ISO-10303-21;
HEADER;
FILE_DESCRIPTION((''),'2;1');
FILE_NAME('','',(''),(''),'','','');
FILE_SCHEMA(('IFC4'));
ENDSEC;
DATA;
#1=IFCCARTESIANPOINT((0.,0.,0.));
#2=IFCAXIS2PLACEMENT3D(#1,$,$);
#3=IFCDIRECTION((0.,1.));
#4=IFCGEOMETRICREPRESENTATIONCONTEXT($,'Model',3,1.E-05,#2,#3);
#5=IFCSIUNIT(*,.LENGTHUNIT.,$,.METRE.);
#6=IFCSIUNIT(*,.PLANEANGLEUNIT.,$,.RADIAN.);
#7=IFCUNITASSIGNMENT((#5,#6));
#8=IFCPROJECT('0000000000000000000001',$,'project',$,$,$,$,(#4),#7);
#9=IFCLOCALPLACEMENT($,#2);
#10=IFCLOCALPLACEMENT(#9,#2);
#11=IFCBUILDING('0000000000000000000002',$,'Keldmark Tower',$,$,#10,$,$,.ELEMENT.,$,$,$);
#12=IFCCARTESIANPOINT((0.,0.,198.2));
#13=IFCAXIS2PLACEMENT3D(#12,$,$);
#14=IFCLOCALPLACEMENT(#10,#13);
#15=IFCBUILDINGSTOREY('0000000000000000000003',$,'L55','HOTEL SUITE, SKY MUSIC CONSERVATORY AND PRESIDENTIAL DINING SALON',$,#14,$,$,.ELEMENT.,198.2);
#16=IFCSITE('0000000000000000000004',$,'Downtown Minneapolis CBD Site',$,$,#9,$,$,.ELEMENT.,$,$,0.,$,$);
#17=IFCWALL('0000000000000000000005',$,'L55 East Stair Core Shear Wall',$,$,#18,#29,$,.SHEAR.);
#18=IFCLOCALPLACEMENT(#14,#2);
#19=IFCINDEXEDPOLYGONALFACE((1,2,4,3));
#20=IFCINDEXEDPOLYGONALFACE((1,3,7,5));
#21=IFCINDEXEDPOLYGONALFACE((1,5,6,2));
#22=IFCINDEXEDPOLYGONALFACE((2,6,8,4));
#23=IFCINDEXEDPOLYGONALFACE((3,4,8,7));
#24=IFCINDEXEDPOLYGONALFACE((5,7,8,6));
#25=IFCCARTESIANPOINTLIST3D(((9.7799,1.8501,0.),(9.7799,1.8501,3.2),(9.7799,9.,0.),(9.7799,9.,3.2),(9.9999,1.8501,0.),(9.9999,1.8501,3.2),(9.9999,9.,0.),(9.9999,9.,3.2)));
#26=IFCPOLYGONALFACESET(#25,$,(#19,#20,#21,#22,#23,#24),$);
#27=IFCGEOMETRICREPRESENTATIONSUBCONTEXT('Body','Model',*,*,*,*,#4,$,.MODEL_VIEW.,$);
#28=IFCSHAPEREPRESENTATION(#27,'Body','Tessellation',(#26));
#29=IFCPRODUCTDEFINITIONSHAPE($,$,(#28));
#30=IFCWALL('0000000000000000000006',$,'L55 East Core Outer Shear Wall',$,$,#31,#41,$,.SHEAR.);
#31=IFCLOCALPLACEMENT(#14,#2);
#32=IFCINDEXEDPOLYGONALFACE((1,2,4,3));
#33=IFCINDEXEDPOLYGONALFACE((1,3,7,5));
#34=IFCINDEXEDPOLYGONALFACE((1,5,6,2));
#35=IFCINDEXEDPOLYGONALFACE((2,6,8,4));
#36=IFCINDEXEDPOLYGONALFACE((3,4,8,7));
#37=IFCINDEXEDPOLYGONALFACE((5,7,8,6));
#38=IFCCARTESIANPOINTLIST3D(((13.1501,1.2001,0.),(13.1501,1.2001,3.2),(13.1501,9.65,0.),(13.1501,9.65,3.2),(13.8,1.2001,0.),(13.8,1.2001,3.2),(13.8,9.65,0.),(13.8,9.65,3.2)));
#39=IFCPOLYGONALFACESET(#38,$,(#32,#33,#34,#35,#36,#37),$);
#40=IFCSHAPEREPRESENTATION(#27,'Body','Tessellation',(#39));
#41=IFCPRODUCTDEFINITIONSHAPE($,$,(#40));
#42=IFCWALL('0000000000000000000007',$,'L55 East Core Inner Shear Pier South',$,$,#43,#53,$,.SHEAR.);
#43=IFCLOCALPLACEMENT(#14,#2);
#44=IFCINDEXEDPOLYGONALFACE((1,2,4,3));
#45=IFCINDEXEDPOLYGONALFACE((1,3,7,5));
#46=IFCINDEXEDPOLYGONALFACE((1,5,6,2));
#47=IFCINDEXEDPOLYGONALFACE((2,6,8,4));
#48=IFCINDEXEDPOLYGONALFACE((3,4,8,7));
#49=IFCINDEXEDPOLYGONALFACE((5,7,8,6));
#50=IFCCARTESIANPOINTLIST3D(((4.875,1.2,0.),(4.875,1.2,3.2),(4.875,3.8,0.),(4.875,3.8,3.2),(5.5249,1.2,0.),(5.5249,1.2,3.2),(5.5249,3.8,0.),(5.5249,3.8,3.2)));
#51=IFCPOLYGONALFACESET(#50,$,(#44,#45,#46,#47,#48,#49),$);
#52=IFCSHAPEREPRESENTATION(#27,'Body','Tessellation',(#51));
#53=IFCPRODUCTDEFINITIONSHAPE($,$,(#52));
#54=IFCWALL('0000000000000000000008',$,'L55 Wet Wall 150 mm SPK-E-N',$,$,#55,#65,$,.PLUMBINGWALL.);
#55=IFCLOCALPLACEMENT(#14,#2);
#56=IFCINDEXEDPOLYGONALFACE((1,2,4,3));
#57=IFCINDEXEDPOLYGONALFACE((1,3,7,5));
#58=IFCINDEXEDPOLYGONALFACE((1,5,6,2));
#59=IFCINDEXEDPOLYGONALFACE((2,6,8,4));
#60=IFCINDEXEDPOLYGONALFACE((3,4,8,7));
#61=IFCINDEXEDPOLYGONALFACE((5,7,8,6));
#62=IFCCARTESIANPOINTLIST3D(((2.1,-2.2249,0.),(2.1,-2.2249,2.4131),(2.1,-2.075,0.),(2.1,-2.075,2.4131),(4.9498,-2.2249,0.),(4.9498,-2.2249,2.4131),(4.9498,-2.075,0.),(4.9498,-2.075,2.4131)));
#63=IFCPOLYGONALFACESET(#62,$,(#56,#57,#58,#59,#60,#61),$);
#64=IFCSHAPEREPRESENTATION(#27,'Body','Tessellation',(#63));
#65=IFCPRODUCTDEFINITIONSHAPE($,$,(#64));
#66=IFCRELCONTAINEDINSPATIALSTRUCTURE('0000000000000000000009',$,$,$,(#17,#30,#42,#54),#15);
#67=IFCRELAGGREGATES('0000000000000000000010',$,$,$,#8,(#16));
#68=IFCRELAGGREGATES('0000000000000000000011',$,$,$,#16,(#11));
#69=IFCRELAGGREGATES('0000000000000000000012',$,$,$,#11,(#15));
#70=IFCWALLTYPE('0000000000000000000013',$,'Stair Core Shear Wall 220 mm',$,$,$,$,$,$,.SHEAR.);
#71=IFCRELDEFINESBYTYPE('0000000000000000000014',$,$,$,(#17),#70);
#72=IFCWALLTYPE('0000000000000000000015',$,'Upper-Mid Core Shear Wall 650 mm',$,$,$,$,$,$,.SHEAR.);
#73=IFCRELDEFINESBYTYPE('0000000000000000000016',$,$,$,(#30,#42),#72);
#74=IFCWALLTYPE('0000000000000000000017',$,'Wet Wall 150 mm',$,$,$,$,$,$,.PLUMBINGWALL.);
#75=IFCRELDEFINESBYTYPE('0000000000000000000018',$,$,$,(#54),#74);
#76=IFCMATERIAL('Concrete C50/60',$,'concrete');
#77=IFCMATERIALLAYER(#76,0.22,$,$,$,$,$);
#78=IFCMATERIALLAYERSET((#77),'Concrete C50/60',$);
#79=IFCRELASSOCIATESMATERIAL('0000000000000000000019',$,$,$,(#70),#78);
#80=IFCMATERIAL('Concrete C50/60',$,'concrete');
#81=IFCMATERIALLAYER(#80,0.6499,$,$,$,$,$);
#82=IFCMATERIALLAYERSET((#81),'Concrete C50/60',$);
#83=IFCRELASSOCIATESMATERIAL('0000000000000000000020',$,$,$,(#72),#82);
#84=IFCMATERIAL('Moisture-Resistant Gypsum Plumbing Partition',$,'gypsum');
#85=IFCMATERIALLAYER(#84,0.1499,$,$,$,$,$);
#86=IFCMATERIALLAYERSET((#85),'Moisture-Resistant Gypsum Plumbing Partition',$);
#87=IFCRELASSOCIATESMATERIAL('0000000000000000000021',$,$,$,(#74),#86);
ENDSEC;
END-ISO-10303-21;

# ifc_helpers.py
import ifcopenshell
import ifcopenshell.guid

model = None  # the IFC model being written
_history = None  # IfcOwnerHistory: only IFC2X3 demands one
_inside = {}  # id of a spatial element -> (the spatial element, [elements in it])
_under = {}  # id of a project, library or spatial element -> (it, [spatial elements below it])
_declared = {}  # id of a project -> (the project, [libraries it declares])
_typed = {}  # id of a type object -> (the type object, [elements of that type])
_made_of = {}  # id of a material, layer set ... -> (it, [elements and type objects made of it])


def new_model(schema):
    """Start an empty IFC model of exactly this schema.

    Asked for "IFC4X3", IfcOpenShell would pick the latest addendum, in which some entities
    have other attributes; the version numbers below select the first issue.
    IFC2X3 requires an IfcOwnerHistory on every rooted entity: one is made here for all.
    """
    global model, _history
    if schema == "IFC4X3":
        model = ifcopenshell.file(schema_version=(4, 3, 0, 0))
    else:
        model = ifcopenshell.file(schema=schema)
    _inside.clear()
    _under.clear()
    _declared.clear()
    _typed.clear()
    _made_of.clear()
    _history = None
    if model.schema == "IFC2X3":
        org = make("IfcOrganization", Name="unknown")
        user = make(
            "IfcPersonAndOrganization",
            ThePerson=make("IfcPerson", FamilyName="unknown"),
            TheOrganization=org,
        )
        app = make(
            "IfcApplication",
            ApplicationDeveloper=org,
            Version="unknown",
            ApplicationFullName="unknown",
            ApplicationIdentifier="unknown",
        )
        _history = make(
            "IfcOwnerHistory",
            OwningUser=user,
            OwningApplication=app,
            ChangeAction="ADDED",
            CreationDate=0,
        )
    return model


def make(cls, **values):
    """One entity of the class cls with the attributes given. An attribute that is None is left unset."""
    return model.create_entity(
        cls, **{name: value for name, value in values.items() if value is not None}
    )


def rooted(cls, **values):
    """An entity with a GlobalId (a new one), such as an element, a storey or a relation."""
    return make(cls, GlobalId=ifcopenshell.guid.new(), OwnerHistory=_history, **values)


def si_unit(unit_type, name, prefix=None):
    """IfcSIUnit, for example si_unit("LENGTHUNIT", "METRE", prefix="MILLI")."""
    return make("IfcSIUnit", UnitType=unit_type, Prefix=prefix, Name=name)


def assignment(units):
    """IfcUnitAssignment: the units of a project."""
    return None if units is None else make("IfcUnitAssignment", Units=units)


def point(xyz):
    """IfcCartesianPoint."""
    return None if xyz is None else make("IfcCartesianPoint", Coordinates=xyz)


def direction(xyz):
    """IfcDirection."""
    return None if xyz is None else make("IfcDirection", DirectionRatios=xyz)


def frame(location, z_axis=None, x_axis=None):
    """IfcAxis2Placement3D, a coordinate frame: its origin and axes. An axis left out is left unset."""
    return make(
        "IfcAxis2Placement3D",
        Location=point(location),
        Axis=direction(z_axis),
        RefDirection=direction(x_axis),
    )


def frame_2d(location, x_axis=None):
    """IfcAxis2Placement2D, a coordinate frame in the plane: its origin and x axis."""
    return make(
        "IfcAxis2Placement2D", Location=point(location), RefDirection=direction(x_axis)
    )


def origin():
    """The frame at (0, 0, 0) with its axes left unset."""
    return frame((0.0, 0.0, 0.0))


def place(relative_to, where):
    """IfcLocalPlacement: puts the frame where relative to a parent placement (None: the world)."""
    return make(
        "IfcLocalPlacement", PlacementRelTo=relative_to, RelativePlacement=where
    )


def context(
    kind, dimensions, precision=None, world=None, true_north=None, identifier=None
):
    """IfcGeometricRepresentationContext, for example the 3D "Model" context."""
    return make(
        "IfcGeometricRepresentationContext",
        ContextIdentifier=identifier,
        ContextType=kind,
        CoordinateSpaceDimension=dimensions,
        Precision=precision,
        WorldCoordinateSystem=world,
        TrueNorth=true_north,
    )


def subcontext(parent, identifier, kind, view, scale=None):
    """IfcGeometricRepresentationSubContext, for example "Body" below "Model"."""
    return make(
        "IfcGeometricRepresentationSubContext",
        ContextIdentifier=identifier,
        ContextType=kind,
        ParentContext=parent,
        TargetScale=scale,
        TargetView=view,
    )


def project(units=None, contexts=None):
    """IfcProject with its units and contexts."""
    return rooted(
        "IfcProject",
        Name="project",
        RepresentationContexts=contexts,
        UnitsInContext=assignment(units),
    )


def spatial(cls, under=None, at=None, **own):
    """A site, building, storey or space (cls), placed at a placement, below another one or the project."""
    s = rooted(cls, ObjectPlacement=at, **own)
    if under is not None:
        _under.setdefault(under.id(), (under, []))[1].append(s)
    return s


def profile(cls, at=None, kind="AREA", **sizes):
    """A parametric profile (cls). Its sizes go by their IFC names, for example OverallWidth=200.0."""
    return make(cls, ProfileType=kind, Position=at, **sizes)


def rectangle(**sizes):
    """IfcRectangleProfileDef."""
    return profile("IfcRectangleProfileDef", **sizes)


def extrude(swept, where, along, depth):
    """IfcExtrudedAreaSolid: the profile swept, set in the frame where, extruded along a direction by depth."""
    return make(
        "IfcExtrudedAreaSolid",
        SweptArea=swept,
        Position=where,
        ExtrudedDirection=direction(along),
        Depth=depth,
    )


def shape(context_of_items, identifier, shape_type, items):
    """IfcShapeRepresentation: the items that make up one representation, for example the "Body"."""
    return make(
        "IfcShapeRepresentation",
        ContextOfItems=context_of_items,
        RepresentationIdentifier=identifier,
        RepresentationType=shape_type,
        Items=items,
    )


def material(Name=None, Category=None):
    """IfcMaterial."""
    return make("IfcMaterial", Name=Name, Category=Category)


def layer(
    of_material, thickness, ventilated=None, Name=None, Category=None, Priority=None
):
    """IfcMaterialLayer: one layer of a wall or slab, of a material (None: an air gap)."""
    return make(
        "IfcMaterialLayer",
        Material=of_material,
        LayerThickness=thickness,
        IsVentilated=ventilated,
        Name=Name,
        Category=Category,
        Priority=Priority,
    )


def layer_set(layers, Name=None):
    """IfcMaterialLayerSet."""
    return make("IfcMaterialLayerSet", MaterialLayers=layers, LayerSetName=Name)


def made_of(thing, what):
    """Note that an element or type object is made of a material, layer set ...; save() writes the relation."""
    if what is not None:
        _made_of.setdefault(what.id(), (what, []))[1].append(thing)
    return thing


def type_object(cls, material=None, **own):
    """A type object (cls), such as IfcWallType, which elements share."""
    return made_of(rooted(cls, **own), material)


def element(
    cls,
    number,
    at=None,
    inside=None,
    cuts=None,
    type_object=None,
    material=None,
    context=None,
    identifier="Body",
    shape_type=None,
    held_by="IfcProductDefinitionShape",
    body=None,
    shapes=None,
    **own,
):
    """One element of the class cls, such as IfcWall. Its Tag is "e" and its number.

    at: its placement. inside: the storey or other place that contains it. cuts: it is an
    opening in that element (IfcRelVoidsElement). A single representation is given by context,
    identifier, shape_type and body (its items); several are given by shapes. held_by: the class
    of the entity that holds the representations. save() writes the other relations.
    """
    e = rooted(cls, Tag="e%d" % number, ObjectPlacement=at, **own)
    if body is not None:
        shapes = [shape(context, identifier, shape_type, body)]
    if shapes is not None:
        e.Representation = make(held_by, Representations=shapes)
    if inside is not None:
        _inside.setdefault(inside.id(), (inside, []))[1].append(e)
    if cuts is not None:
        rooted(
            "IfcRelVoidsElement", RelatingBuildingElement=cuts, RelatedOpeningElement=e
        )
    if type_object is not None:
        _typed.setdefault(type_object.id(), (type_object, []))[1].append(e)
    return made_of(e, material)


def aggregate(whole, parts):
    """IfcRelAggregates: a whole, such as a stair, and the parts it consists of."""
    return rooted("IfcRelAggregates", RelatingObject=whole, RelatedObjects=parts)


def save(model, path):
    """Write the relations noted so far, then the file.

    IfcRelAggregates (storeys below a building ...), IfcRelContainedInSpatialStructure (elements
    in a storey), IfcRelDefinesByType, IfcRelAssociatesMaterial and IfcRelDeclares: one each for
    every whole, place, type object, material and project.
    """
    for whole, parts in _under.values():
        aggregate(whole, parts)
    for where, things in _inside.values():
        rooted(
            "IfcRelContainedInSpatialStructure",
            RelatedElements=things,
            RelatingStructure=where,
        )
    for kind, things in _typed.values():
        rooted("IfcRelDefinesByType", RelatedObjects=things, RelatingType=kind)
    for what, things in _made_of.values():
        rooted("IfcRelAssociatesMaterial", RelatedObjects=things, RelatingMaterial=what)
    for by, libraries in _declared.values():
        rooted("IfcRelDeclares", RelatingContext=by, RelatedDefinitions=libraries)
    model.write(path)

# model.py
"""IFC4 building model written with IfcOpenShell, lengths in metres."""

from ifc_helpers import new_model, si_unit, direction, frame, frame_2d, origin, place, context, subcontext, project, spatial, rectangle, extrude, material, layer, layer_set, type_object, element, save


model = new_model("IFC4")

# Units and contexts
model_context = context("Model", 3, precision=1e-05, world=origin(), true_north=direction((0.0, 1.0)))
body_context = subcontext(model_context, "Body", "Model", "MODEL_VIEW")
ifc_project = project(units=[si_unit("LENGTHUNIT", "METRE"), si_unit("PLANEANGLEUNIT", "RADIAN")], contexts=[model_context])

# Site, building, storey
site_placement = place(None, origin())
site = spatial("IfcSite", under=ifc_project, at=site_placement, Name="Downtown Minneapolis CBD Site", CompositionType="ELEMENT", RefElevation=0.0)
building_placement = place(site_placement, origin())
building = spatial("IfcBuilding", under=site, at=building_placement, Name="Keldmark Tower", CompositionType="ELEMENT")
storey_placement = place(building_placement, frame((0.0, 0.0, 198.2)))
storey = spatial("IfcBuildingStorey", under=building, at=storey_placement, Name="L55", Description="HOTEL SUITE, SKY MUSIC CONSERVATORY AND PRESIDENTIAL DINING SALON", CompositionType="ELEMENT", Elevation=198.2)

# Walls
ifc_material_1 = material(Name="Concrete C50/60", Category="concrete")
ifc_layer_1 = layer(ifc_material_1, 0.22)
ifc_layer_set_1 = layer_set([ifc_layer_1], Name="Concrete C50/60")
wall_type_1 = type_object("IfcWallType", Name="Stair Core Shear Wall 220 mm", PredefinedType="SHEAR", material=ifc_layer_set_1)
wall_1_placement = place(storey_placement, frame((9.8899, 1.8501, 0.0), z_axis=(0.0, 0.0, 1.0), x_axis=(0.0, 1.0, 0.0)))
element("IfcWall", 1, at=wall_1_placement, inside=storey, type_object=wall_type_1, Name="L55 East Stair Core Shear Wall", PredefinedType="SHEAR", context=body_context, shape_type="SweptSolid", body=[
    extrude(rectangle(XDim=7.1499, YDim=0.22, at=frame_2d((3.575, 0.0))), origin(), (0.0, 0.0, 1.0), 3.2),
])
ifc_material_2 = material(Name="Concrete C50/60", Category="concrete")
ifc_layer_2 = layer(ifc_material_2, 0.6499)
ifc_layer_set_2 = layer_set([ifc_layer_2], Name="Concrete C50/60")
wall_type_2 = type_object("IfcWallType", Name="Upper-Mid Core Shear Wall 650 mm", PredefinedType="SHEAR", material=ifc_layer_set_2)
wall_2_placement = place(storey_placement, frame((13.4751, 1.2, 0.0), z_axis=(0.0, 0.0, 1.0), x_axis=(0.0, 1.0, 0.0)))
element("IfcWall", 2, at=wall_2_placement, inside=storey, type_object=wall_type_2, Name="L55 East Core Outer Shear Wall", PredefinedType="SHEAR", context=body_context, shape_type="SweptSolid", body=[
    extrude(rectangle(XDim=8.45, YDim=0.6499, at=frame_2d((4.2251, 0.0))), origin(), (0.0, 0.0, 1.0), 3.2),
])
wall_3_placement = place(storey_placement, frame((5.2, 1.2, 0.0), z_axis=(0.0, 0.0, 1.0), x_axis=(0.0, 1.0, 0.0)))
element("IfcWall", 3, at=wall_3_placement, inside=storey, type_object=wall_type_2, Name="L55 East Core Inner Shear Pier South", PredefinedType="SHEAR", context=body_context, shape_type="SweptSolid", body=[
    extrude(rectangle(XDim=2.6001, YDim=0.6499, at=frame_2d((1.3, 0.0))), origin(), (0.0, 0.0, 1.0), 3.2),
])
ifc_material_3 = material(Name="Moisture-Resistant Gypsum Plumbing Partition", Category="gypsum")
ifc_layer_3 = layer(ifc_material_3, 0.1499)
ifc_layer_set_3 = layer_set([ifc_layer_3], Name="Moisture-Resistant Gypsum Plumbing Partition")
wall_type_3 = type_object("IfcWallType", Name="Wet Wall 150 mm", PredefinedType="PLUMBINGWALL", material=ifc_layer_set_3)
wall_4_placement = place(storey_placement, frame((2.1001, -2.1499, 0.0), z_axis=(0.0, 0.0, 1.0), x_axis=(1.0, 0.0, 0.0)))
element("IfcWall", 4, at=wall_4_placement, inside=storey, type_object=wall_type_3, Name="L55 Wet Wall 150 mm SPK-E-N", PredefinedType="PLUMBINGWALL", context=body_context, shape_type="SweptSolid", body=[
    extrude(rectangle(XDim=2.8499, YDim=0.1499, at=frame_2d((1.4248, 0.0))), origin(), (0.0, 0.0, 1.0), 2.4131),
])

save(model, "model.ifc")
